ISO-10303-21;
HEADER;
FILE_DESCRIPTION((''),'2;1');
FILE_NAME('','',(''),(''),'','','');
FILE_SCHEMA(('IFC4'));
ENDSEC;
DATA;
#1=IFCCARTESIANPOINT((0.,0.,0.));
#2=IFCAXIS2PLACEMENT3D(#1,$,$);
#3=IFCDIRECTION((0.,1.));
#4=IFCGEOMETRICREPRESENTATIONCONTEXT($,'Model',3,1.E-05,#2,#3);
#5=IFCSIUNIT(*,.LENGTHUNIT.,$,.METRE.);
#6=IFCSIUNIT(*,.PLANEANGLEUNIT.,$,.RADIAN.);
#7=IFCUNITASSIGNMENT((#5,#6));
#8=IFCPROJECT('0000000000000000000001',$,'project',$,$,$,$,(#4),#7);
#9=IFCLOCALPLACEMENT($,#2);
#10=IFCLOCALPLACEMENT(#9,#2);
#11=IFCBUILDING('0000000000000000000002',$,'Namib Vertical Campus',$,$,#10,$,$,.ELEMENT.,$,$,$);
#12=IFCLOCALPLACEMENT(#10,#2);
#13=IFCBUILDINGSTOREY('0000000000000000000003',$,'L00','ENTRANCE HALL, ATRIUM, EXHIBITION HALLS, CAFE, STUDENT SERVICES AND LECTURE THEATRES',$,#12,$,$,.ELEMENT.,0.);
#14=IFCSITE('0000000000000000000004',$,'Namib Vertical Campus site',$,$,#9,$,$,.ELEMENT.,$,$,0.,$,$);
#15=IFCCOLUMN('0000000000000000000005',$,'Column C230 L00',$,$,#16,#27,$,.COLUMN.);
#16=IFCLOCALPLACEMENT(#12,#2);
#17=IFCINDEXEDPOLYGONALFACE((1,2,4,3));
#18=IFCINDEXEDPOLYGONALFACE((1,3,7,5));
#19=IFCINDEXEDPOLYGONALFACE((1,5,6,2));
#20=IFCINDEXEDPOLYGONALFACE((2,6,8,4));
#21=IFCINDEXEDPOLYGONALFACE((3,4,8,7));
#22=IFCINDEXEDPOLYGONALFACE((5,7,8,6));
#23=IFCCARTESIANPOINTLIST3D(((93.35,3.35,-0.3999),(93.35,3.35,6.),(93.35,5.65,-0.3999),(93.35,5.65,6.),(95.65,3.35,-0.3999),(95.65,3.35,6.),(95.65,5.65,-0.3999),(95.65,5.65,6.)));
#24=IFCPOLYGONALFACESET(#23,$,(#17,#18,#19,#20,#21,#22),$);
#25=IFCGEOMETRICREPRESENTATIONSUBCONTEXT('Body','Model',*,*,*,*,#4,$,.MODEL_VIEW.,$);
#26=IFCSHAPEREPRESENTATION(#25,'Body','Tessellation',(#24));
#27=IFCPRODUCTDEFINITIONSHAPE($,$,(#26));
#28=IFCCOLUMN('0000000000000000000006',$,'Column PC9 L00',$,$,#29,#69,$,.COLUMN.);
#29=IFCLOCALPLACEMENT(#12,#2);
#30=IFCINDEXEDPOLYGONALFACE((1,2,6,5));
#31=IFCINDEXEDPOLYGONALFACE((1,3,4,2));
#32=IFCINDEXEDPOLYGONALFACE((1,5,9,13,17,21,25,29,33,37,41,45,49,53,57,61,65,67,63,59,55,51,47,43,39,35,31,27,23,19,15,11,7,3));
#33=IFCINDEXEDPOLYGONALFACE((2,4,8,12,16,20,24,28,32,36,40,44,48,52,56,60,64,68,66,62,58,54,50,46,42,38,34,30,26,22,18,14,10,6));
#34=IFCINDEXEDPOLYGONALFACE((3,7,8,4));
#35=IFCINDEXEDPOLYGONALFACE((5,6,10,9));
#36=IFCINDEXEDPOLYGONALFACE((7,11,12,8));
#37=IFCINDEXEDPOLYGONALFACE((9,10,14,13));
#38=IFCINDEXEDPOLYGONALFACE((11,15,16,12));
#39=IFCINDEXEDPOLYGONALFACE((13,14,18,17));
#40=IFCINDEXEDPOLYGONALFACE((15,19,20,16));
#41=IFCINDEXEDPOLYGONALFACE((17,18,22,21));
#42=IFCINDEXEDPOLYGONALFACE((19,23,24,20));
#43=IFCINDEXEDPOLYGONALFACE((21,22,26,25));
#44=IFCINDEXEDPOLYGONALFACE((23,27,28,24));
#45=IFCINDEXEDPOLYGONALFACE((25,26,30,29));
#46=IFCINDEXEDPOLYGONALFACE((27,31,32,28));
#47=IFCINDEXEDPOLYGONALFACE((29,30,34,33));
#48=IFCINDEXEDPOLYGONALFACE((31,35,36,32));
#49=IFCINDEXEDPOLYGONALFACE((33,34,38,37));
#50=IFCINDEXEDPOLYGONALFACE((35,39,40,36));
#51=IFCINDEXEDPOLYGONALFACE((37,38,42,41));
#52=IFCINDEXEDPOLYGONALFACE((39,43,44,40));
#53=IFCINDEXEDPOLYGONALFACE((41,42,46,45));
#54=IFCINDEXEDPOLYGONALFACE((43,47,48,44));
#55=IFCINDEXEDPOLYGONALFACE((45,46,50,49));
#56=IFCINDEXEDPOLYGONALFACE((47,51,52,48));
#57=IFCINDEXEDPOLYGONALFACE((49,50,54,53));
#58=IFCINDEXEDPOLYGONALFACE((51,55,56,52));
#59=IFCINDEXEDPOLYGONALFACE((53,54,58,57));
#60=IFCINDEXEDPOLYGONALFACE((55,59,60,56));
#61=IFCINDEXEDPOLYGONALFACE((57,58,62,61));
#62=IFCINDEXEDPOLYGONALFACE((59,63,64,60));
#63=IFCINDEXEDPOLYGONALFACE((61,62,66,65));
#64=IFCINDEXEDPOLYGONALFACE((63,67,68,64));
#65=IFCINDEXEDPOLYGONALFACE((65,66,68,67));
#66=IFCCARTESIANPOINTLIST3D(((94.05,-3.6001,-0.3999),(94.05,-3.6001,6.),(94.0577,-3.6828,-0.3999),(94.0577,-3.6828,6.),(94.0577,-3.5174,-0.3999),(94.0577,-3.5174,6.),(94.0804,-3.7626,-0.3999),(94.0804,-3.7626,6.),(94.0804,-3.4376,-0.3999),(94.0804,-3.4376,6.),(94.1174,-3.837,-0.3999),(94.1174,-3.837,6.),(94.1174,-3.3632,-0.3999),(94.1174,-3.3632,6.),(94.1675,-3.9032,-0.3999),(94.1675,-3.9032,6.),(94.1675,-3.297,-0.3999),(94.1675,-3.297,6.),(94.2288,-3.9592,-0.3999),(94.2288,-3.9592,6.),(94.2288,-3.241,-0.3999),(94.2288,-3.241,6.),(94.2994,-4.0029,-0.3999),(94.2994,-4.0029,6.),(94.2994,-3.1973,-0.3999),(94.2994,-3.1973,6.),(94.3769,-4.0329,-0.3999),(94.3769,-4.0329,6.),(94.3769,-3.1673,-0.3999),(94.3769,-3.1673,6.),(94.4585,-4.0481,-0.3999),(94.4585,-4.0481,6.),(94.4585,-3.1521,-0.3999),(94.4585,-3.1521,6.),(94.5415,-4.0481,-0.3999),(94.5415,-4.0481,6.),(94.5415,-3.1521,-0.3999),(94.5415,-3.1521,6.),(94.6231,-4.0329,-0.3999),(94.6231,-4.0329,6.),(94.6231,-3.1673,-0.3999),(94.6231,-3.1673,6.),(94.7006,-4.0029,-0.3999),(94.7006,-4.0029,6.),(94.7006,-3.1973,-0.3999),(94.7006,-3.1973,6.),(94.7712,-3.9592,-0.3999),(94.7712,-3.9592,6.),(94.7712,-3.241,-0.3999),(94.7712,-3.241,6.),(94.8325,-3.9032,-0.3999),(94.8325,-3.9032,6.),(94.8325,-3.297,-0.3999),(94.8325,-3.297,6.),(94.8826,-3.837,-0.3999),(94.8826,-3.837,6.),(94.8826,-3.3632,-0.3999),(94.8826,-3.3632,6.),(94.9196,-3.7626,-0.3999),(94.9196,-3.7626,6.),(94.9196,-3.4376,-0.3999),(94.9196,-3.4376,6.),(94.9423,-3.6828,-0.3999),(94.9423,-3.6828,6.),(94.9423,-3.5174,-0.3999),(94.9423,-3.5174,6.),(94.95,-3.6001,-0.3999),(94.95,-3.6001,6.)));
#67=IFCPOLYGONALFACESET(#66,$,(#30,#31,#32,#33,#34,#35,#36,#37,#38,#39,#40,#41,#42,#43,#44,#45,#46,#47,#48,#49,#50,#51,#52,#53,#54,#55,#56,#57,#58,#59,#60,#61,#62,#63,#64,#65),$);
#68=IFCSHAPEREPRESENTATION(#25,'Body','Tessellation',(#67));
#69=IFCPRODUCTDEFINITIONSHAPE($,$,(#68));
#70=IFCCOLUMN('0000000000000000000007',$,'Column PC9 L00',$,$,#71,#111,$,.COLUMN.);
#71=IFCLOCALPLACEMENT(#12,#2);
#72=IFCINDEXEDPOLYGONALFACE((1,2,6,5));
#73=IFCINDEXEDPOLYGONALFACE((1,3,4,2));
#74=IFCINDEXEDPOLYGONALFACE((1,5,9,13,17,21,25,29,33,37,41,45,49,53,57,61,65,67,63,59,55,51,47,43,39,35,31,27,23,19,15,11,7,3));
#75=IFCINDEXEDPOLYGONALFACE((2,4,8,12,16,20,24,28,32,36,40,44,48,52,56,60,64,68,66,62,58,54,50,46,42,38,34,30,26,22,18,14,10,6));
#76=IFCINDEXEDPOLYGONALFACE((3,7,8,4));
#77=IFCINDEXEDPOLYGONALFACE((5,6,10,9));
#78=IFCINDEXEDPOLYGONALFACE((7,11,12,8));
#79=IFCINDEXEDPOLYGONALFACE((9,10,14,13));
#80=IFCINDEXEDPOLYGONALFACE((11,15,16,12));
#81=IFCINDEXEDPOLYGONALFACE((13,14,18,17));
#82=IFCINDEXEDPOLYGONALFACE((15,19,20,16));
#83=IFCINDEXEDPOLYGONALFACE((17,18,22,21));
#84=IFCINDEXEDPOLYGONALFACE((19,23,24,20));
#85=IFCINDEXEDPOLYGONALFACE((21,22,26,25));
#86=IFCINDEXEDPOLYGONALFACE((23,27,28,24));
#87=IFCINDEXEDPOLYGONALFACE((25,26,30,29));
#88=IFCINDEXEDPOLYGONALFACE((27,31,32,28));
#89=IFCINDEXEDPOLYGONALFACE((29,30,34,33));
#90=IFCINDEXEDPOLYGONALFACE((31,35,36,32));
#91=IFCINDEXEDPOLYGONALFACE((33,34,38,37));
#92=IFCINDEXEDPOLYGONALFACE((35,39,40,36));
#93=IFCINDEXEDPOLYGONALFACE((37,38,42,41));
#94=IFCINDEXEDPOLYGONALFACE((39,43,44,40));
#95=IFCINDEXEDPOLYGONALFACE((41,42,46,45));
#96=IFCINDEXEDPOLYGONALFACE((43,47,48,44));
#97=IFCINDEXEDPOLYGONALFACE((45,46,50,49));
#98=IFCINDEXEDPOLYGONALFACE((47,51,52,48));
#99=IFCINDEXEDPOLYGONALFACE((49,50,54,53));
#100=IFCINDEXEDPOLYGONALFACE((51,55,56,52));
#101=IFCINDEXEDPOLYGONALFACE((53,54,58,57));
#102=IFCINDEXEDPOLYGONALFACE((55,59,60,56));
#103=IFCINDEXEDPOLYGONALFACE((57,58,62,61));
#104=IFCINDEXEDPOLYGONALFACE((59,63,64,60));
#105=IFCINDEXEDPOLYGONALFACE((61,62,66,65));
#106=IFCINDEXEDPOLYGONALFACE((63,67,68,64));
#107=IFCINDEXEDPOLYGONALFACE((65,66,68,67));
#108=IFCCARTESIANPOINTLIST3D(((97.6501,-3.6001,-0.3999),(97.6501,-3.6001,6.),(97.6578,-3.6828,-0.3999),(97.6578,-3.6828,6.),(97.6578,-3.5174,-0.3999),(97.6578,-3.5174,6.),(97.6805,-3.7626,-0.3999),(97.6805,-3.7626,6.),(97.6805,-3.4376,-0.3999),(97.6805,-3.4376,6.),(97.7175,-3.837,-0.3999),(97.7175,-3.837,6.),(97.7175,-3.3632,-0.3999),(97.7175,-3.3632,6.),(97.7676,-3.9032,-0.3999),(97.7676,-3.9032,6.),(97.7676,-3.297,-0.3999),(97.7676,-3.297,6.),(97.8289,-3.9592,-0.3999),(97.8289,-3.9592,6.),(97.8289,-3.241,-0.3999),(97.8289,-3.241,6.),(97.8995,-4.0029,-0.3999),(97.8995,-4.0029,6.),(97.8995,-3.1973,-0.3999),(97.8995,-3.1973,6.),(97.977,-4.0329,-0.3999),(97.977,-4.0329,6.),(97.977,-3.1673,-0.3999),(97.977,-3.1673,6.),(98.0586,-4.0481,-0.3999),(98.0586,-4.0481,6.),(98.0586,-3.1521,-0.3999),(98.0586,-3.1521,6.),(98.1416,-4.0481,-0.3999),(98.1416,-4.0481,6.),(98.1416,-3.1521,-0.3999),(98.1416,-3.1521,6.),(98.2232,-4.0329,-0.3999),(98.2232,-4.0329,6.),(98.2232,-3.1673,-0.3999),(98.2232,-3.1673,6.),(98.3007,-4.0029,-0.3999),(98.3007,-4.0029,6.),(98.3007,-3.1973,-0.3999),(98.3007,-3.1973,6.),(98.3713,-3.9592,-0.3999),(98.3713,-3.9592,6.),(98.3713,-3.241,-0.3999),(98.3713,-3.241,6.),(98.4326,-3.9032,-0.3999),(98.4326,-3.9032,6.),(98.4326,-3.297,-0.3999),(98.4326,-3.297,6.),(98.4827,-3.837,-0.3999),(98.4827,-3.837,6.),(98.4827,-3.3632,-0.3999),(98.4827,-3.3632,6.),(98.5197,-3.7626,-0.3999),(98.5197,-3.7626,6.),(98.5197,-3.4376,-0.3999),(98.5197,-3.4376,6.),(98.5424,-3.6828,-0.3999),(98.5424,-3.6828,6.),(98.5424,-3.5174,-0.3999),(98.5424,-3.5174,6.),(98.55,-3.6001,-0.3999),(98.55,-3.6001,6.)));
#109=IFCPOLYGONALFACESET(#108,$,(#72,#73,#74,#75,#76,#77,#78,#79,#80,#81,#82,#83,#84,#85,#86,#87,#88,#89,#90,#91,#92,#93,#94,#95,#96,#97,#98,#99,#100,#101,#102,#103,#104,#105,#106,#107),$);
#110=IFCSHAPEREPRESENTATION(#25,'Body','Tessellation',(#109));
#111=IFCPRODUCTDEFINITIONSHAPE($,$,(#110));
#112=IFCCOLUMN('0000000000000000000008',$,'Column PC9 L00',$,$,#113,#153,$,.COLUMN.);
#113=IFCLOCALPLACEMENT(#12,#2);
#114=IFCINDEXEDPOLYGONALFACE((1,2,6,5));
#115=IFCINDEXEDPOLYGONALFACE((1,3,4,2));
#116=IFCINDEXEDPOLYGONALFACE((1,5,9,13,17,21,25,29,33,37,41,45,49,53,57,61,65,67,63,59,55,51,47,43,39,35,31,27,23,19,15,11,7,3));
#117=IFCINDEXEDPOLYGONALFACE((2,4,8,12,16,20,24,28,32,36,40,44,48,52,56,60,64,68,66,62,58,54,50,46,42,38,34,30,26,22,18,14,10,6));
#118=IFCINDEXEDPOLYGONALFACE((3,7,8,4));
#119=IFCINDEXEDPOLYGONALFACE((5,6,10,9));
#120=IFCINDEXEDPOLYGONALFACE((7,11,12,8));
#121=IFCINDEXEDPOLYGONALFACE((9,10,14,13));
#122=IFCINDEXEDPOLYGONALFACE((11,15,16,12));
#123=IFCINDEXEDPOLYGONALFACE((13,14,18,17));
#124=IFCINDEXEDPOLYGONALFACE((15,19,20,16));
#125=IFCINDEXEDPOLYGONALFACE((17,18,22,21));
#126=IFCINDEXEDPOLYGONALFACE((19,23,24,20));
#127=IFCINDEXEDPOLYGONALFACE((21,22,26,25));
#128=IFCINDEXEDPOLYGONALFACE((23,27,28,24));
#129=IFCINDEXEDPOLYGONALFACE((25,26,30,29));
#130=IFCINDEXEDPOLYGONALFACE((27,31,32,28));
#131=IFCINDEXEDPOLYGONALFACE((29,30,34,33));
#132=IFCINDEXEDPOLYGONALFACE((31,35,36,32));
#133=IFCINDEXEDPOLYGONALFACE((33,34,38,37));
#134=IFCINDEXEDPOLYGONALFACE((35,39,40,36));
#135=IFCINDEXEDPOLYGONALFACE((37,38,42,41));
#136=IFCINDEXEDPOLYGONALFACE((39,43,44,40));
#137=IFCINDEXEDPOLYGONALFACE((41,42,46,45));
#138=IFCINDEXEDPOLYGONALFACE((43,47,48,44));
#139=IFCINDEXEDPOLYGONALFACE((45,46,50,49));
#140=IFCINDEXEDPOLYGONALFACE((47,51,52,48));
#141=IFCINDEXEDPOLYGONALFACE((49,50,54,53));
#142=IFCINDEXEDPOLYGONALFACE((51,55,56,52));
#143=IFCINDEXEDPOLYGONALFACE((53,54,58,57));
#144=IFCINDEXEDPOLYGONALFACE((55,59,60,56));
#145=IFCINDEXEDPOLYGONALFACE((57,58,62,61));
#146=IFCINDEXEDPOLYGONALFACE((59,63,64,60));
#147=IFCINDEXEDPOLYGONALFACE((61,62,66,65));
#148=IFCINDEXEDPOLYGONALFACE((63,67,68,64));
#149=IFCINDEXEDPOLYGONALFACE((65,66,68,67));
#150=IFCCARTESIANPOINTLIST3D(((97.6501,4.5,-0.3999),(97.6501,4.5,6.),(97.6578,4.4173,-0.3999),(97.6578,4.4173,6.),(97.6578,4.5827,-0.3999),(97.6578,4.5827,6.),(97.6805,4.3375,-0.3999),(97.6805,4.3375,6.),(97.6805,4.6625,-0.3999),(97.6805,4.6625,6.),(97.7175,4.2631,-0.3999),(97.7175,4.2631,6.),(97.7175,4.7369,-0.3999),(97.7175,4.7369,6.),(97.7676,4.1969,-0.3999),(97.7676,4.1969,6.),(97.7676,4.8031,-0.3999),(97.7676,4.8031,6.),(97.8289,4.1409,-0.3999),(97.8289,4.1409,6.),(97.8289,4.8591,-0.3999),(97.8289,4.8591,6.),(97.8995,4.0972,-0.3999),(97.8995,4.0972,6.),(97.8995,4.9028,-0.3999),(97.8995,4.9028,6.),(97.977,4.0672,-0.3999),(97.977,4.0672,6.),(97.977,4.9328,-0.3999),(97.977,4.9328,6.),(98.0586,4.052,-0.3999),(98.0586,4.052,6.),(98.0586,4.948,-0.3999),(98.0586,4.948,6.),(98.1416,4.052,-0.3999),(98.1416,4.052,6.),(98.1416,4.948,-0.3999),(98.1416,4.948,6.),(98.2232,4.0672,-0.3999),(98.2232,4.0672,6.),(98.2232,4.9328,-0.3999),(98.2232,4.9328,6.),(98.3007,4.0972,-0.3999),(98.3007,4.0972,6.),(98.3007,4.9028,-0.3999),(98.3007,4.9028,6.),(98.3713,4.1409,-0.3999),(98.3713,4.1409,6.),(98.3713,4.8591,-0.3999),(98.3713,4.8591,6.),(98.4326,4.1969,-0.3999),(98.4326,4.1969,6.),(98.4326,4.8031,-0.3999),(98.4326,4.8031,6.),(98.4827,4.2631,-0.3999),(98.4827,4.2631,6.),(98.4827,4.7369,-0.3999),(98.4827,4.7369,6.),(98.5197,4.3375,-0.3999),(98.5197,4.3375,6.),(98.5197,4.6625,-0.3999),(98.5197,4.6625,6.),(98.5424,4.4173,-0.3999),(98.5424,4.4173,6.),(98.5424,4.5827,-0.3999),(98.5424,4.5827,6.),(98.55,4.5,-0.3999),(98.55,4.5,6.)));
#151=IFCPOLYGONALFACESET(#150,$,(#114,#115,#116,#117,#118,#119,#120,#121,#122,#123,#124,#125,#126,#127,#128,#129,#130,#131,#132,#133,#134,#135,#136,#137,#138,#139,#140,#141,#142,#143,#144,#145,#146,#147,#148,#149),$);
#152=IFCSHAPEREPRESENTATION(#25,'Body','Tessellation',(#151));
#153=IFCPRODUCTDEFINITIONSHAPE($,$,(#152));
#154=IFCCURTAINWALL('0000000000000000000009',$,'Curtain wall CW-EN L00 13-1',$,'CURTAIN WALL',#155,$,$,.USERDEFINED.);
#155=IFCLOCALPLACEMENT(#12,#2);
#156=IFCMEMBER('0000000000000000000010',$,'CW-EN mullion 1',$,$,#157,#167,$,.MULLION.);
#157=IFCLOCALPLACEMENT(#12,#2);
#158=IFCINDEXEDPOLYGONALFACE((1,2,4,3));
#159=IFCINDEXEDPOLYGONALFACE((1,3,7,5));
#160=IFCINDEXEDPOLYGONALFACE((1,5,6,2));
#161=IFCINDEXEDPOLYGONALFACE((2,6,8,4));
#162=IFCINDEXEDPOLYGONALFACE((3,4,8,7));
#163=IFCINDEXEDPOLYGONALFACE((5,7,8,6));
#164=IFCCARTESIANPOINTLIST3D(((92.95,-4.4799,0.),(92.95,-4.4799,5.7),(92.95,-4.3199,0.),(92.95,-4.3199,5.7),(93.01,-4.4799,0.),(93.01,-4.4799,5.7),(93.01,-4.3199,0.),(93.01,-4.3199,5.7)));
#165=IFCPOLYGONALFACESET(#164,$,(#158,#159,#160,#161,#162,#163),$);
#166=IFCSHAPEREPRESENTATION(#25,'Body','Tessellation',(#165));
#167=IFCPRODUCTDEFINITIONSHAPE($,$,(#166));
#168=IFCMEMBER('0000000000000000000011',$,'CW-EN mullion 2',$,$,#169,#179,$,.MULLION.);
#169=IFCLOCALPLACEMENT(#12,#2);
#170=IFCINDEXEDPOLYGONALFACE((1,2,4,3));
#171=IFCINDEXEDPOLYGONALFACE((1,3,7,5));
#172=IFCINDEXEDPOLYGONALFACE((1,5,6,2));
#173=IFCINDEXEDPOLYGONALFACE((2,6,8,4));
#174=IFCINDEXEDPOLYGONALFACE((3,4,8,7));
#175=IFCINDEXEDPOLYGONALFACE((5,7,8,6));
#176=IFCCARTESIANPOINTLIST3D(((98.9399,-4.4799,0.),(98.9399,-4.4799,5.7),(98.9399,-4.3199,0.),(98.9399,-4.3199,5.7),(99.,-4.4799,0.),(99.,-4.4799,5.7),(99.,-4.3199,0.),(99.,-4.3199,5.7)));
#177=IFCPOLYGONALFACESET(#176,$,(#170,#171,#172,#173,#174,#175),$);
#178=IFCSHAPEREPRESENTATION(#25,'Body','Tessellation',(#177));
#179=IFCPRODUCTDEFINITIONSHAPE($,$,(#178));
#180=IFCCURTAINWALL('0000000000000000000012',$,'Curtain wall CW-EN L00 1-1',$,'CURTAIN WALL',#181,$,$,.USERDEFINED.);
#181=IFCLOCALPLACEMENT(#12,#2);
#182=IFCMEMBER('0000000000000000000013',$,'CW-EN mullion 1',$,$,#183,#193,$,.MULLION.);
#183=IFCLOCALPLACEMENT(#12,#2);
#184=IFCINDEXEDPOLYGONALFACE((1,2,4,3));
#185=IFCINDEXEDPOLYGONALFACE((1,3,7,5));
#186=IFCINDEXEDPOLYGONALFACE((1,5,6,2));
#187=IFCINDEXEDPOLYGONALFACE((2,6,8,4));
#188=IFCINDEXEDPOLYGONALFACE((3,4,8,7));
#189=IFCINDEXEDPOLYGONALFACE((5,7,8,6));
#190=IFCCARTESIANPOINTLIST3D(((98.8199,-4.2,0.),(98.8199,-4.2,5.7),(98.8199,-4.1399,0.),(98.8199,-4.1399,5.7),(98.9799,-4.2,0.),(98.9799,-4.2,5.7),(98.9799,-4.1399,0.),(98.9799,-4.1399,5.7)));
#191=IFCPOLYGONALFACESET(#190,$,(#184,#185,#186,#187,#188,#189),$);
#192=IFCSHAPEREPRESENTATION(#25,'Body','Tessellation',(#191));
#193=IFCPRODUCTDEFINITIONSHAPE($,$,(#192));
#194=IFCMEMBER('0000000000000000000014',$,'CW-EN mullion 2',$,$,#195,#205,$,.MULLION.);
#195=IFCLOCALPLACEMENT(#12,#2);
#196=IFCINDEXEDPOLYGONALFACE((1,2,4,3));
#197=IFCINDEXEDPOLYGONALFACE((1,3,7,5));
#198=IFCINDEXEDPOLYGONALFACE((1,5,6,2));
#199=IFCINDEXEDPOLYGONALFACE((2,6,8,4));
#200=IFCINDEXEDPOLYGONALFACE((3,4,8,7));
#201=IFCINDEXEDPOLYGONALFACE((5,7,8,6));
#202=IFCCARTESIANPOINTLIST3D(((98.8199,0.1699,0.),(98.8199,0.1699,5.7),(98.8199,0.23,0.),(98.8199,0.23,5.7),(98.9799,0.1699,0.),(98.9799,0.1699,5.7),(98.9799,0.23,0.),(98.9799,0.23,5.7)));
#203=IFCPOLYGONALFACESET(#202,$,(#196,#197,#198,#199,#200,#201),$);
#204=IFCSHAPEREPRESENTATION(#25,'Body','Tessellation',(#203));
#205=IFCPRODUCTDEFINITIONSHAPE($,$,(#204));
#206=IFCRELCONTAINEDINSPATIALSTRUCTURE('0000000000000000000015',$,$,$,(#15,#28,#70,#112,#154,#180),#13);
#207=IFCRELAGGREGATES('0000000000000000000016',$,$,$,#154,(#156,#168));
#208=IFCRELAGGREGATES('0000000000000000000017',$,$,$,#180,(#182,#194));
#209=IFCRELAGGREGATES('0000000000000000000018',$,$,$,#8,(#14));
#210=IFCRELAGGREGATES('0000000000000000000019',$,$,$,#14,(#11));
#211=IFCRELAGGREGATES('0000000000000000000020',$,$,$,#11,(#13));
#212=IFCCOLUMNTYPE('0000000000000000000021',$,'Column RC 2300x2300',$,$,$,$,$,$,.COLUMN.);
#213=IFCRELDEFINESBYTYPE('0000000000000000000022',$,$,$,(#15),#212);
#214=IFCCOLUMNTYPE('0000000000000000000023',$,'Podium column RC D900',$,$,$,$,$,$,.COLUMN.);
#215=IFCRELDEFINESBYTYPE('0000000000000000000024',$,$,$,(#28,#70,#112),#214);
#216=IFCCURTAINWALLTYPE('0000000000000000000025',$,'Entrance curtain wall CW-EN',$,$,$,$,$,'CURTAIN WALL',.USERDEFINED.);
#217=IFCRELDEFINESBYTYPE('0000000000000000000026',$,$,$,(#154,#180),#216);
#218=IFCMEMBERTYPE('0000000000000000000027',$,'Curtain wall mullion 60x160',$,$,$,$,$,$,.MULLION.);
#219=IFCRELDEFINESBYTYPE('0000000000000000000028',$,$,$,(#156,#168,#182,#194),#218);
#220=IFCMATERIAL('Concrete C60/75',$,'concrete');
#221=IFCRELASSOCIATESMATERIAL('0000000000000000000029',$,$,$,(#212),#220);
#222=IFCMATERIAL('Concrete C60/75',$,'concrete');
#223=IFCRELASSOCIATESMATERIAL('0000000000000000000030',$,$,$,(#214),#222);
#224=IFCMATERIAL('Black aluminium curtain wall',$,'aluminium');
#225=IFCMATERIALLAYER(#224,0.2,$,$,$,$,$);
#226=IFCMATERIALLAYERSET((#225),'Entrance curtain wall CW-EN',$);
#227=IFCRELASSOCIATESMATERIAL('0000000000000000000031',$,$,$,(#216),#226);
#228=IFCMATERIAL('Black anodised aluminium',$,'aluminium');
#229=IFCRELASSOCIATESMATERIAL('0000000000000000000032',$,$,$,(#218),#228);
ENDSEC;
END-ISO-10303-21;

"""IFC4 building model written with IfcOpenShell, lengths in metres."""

from ifc_helpers import new_model, si_unit, direction, frame, origin, origin_2d, place, context, subcontext, project, spatial, rectangle, circle, extrude, material, layer, layer_set, material_profile, profile_set, type_object, element, aggregate, save


model = new_model("IFC4")

# Units and contexts
model_context = context("Model", 3, precision=1e-05, world=origin(), true_north=direction((0.0, 1.0)))
body_context = subcontext(model_context, "Body", "Model", "MODEL_VIEW")
ifc_project = project(units=[si_unit("LENGTHUNIT", "METRE"), si_unit("PLANEANGLEUNIT", "RADIAN")], contexts=[model_context])

# Site, building, storey
site_placement = place(None, origin())
site = spatial("IfcSite", under=ifc_project, at=site_placement, Name="Namib Vertical Campus site", CompositionType="ELEMENT", RefElevation=0.0)
building_placement = place(site_placement, origin())
building = spatial("IfcBuilding", under=site, at=building_placement, Name="Namib Vertical Campus", CompositionType="ELEMENT")
storey_placement = place(building_placement, origin())
storey = spatial("IfcBuildingStorey", under=building, at=storey_placement, Name="L00", Description="ENTRANCE HALL, ATRIUM, EXHIBITION HALLS, CAFE, STUDENT SERVICES AND LECTURE THEATRES", CompositionType="ELEMENT", Elevation=0.0)

# Columns
ifc_material_1 = material(Name="Concrete C60/75", Category="concrete")
ifc_material_profile_1 = material_profile(ifc_material_1, rectangle(XDim=2.3, YDim=2.3, at=origin_2d()))
ifc_profile_set_1 = profile_set([ifc_material_profile_1], Name="Concrete C60/75")
column_type_1 = type_object("IfcColumnType", Name="Column RC 2300x2300", PredefinedType="COLUMN", material=ifc_profile_set_1)
column_placement = place(storey_placement, frame((94.5, 4.5, -0.3999), z_axis=(0.0, 0.0, 1.0), x_axis=(1.0, 0.0, 0.0)))
element("IfcColumn", 1, at=column_placement, inside=storey, type_object=column_type_1, Name="Column C230 L00", PredefinedType="COLUMN", context=body_context, shape_type="SweptSolid", body=[
    extrude(rectangle(XDim=2.3, YDim=2.3, at=origin_2d()), origin(), (0.0, 0.0, 1.0), 6.3999),
])
ifc_material_2 = material(Name="Concrete C60/75", Category="concrete")
ifc_material_profile_2 = material_profile(ifc_material_2, circle(Radius=0.45, at=origin_2d()))
ifc_profile_set_2 = profile_set([ifc_material_profile_2], Name="Concrete C60/75")
column_type_2 = type_object("IfcColumnType", Name="Podium column RC D900", PredefinedType="COLUMN", material=ifc_profile_set_2)
for number, where, z_axis, x_axis, name in (
    (2, (94.5, -3.6001, -0.3999), (0.0, 0.0, 1.0), (1.0, 0.0, 0.0), "Column PC9 L00"),
    (3, (98.1001, -3.6001, -0.3999), (0.0, 0.0, 1.0), (1.0, 0.0, 0.0), "Column PC9 L00"),
    (4, (98.1001, 4.5, -0.3999), (0.0, 0.0, 1.0), (1.0, 0.0, 0.0), "Column PC9 L00"),
):
    element("IfcColumn", number, at=place(storey_placement, frame(where, z_axis=z_axis, x_axis=x_axis)), inside=storey, type_object=column_type_2, Name=name, PredefinedType="COLUMN", context=body_context, shape_type="SweptSolid", body=[
        extrude(circle(Radius=0.45, at=origin_2d()), origin(), (0.0, 0.0, 1.0), 6.3999),
    ])

# Curtain walls, members
ifc_material_3 = material(Name="Black aluminium curtain wall", Category="aluminium")
ifc_layer_1 = layer(ifc_material_3, 0.2)
ifc_layer_set_1 = layer_set([ifc_layer_1], Name="Entrance curtain wall CW-EN")
curtain_wall_type = type_object("IfcCurtainWallType", Name="Entrance curtain wall CW-EN", ElementType="CURTAIN WALL", PredefinedType="USERDEFINED", material=ifc_layer_set_1)
curtain_wall_1_placement = place(storey_placement, origin())
curtain_wall_1 = element("IfcCurtainWall", 5, at=curtain_wall_1_placement, inside=storey, type_object=curtain_wall_type, Name="Curtain wall CW-EN L00 13-1", ObjectType="CURTAIN WALL", PredefinedType="USERDEFINED")
ifc_material_4 = material(Name="Black anodised aluminium", Category="aluminium")
ifc_material_profile_3 = material_profile(ifc_material_4, rectangle(XDim=0.0601, YDim=0.1599, at=origin_2d()))
ifc_profile_set_3 = profile_set([ifc_material_profile_3], Name="Black anodised aluminium")
member_type_1 = type_object("IfcMemberType", Name="Curtain wall mullion 60x160", PredefinedType="MULLION", material=ifc_profile_set_3)
member_1_placement = place(storey_placement, frame((92.98, -4.3999, 0.0), z_axis=(0.0, 0.0, 1.0), x_axis=(1.0, 0.0, 0.0)))
member_1 = element("IfcMember", 6, at=member_1_placement, type_object=member_type_1, Name="CW-EN mullion 1", PredefinedType="MULLION", context=body_context, shape_type="SweptSolid", body=[
    extrude(rectangle(XDim=0.0601, YDim=0.1599, at=origin_2d()), origin(), (0.0, 0.0, 1.0), 5.7),
])
member_2_placement = place(storey_placement, frame((98.97, -4.3999, 0.0), z_axis=(0.0, 0.0, 1.0), x_axis=(1.0, 0.0, 0.0)))
member_2 = element("IfcMember", 7, at=member_2_placement, type_object=member_type_1, Name="CW-EN mullion 2", PredefinedType="MULLION", context=body_context, shape_type="SweptSolid", body=[
    extrude(rectangle(XDim=0.0601, YDim=0.1599, at=origin_2d()), origin(), (0.0, 0.0, 1.0), 5.7),
])
curtain_wall_2_placement = place(storey_placement, origin())
curtain_wall_2 = element("IfcCurtainWall", 8, at=curtain_wall_2_placement, inside=storey, type_object=curtain_wall_type, Name="Curtain wall CW-EN L00 1-1", ObjectType="CURTAIN WALL", PredefinedType="USERDEFINED")
member_3_placement = place(storey_placement, frame((98.8999, -4.1699, 0.0), z_axis=(0.0, 0.0, 1.0), x_axis=(0.0, 1.0, 0.0)))
member_3 = element("IfcMember", 9, at=member_3_placement, type_object=member_type_1, Name="CW-EN mullion 1", PredefinedType="MULLION", context=body_context, shape_type="SweptSolid", body=[
    extrude(rectangle(XDim=0.0601, YDim=0.1599, at=origin_2d()), origin(), (0.0, 0.0, 1.0), 5.7),
])
member_4_placement = place(storey_placement, frame((98.8999, 0.2, 0.0), z_axis=(0.0, 0.0, 1.0), x_axis=(0.0, 1.0, 0.0)))
member_4 = element("IfcMember", 10, at=member_4_placement, type_object=member_type_1, Name="CW-EN mullion 2", PredefinedType="MULLION", context=body_context, shape_type="SweptSolid", body=[
    extrude(rectangle(XDim=0.0601, YDim=0.1599, at=origin_2d()), origin(), (0.0, 0.0, 1.0), 5.7),
])

aggregate(curtain_wall_1, [member_1, member_2])
aggregate(curtain_wall_2, [member_3, member_4])

save(model, "model.ifc")
